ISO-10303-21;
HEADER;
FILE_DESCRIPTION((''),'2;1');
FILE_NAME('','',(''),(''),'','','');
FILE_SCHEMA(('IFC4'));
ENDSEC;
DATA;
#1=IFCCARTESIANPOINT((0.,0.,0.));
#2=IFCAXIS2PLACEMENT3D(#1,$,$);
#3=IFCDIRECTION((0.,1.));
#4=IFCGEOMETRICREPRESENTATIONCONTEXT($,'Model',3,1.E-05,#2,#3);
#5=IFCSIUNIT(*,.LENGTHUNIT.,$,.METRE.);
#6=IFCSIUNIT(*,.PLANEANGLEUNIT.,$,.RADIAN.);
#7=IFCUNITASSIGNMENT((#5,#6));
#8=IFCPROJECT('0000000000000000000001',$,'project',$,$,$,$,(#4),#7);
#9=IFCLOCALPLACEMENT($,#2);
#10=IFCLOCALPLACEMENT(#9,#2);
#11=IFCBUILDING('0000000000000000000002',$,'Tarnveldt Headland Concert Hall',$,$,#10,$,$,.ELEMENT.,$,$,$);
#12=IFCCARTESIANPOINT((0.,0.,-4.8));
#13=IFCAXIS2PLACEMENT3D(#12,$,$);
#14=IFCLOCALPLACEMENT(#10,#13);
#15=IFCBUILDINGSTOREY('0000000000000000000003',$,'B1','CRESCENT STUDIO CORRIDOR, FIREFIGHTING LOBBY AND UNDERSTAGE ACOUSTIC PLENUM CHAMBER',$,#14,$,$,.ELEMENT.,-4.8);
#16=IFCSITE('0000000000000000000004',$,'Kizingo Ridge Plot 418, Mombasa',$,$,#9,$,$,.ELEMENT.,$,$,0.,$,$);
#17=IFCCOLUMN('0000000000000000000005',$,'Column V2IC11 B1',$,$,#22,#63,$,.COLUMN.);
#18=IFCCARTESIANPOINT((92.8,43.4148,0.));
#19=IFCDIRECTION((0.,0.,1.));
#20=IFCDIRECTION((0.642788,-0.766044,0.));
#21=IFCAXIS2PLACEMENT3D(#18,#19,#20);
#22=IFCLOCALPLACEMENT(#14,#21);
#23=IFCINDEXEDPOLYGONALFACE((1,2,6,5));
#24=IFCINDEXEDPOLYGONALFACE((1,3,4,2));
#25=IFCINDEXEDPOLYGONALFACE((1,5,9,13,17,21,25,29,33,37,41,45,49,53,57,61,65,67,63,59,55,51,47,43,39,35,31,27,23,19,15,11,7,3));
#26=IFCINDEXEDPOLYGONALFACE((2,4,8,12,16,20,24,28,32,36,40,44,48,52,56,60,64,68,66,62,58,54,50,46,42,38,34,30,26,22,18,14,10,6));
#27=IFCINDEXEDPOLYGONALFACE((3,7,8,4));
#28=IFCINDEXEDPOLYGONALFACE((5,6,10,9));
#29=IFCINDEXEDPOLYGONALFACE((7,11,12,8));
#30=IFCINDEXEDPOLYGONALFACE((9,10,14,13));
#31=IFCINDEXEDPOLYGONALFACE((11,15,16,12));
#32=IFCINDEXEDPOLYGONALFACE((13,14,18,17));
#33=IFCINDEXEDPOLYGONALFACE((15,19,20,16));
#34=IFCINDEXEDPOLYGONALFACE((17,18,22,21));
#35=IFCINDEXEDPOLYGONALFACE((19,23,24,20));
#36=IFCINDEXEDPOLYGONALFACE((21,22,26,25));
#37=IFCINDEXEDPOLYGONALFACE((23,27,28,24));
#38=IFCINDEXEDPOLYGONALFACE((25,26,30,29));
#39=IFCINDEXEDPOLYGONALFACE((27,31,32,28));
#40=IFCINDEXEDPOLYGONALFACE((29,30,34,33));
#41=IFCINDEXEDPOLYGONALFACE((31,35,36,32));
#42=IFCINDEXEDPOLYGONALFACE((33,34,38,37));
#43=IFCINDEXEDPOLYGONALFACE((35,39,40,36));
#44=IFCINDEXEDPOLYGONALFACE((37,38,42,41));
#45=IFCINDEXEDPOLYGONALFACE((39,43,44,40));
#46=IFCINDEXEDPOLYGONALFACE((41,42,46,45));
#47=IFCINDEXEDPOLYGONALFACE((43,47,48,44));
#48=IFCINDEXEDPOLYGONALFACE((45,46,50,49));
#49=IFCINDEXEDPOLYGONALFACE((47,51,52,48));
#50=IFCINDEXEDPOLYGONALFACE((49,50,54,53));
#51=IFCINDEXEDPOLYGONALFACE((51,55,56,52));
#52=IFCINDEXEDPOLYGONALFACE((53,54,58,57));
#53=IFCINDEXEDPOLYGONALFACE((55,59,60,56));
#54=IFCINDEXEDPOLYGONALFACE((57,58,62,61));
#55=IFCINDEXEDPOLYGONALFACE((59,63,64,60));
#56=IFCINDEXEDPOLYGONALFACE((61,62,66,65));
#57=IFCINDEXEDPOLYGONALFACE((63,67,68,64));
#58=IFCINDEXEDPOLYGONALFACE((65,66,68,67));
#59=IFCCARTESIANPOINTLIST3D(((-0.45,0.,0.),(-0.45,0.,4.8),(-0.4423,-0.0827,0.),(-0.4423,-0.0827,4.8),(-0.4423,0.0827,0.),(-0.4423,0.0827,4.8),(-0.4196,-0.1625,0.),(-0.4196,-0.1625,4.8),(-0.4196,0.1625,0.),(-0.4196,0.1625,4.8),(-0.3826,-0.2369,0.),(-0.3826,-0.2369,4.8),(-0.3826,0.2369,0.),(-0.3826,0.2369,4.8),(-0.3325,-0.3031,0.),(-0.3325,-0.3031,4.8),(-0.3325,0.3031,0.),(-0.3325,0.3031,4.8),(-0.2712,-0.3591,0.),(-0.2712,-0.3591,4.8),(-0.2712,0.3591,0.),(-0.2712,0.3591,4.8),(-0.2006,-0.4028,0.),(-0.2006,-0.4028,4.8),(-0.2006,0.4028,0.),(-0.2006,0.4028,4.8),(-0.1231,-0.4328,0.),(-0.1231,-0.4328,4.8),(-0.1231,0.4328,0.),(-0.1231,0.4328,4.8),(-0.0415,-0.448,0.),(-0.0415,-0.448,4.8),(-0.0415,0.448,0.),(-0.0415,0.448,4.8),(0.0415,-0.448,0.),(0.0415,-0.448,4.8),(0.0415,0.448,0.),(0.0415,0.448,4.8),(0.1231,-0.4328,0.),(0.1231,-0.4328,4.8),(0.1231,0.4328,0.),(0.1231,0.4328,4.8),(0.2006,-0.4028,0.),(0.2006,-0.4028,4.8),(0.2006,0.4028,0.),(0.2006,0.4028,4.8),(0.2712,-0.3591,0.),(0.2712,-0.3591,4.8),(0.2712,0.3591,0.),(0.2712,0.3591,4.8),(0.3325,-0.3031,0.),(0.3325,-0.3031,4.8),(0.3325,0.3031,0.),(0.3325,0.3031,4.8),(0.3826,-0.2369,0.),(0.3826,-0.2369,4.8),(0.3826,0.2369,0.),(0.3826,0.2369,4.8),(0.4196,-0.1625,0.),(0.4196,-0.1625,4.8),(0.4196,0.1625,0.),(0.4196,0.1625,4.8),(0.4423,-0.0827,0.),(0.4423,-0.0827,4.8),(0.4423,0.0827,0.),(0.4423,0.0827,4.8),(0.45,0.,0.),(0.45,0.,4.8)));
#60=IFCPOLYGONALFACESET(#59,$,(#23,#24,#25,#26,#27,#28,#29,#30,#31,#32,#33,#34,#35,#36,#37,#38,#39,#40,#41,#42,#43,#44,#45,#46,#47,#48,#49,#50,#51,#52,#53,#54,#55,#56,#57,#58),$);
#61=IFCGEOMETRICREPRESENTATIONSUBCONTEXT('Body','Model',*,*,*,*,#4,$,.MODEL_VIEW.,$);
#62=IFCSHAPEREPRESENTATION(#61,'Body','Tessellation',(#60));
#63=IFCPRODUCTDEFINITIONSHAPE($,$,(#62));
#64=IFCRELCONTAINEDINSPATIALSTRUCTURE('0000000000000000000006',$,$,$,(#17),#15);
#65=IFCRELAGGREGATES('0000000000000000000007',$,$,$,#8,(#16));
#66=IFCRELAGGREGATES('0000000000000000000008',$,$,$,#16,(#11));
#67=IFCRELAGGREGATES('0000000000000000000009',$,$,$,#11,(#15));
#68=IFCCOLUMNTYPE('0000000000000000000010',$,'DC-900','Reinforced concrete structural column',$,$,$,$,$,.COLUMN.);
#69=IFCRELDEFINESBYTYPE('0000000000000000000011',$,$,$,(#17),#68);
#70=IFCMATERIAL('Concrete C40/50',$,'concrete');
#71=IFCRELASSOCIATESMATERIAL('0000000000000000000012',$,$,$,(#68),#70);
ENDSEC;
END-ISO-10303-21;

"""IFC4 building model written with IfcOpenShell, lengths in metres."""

from ifc_helpers import new_model, si_unit, direction, frame, origin, origin_2d, place, context, subcontext, project, spatial, circle, extrude, material, material_profile, profile_set, type_object, element, save


model = new_model("IFC4")

# Units and contexts
model_context = context("Model", 3, precision=1e-05, world=origin(), true_north=direction((0.0, 1.0)))
body_context = subcontext(model_context, "Body", "Model", "MODEL_VIEW")
ifc_project = project(units=[si_unit("LENGTHUNIT", "METRE"), si_unit("PLANEANGLEUNIT", "RADIAN")], contexts=[model_context])

# Site, building, storey
site_placement = place(None, origin())
site = spatial("IfcSite", under=ifc_project, at=site_placement, Name="Kizingo Ridge Plot 418, Mombasa", CompositionType="ELEMENT", RefElevation=0.0)
building_placement = place(site_placement, origin())
building = spatial("IfcBuilding", under=site, at=building_placement, Name="Tarnveldt Headland Concert Hall", CompositionType="ELEMENT")
storey_placement = place(building_placement, frame((0.0, 0.0, -4.8)))
storey = spatial("IfcBuildingStorey", under=building, at=storey_placement, Name="B1", Description="CRESCENT STUDIO CORRIDOR, FIREFIGHTING LOBBY AND UNDERSTAGE ACOUSTIC PLENUM CHAMBER", CompositionType="ELEMENT", Elevation=-4.8)

# Shared definitions
ifc_material_1 = material(Name="Concrete C40/50", Category="concrete")

# Column
ifc_material_profile_1 = material_profile(ifc_material_1, circle(Radius=0.45, at=origin_2d()), Name="RC D900", Category="concrete")
ifc_profile_set_1 = profile_set([ifc_material_profile_1], Name="Concrete C40/50")
column_type_1 = type_object("IfcColumnType", Name="DC-900", Description="Reinforced concrete structural column", PredefinedType="COLUMN", material=ifc_profile_set_1)
for number, where, z_axis, x_axis, name in (
    (1, (92.8, 43.4148, 0.0), (0.0, 0.0, 1.0), (0.642788, -0.766044, 0.0), "Column V2IC11 B1"),
):
    element("IfcColumn", number, at=place(storey_placement, frame(where, z_axis=z_axis, x_axis=x_axis)), inside=storey, type_object=column_type_1, Name=name, PredefinedType="COLUMN", context=body_context, shape_type="SweptSolid", body=[
        extrude(circle(Radius=0.45, at=origin_2d()), origin(), (0.0, 0.0, 1.0), 4.8),
    ])

save(model, "model.ifc")
